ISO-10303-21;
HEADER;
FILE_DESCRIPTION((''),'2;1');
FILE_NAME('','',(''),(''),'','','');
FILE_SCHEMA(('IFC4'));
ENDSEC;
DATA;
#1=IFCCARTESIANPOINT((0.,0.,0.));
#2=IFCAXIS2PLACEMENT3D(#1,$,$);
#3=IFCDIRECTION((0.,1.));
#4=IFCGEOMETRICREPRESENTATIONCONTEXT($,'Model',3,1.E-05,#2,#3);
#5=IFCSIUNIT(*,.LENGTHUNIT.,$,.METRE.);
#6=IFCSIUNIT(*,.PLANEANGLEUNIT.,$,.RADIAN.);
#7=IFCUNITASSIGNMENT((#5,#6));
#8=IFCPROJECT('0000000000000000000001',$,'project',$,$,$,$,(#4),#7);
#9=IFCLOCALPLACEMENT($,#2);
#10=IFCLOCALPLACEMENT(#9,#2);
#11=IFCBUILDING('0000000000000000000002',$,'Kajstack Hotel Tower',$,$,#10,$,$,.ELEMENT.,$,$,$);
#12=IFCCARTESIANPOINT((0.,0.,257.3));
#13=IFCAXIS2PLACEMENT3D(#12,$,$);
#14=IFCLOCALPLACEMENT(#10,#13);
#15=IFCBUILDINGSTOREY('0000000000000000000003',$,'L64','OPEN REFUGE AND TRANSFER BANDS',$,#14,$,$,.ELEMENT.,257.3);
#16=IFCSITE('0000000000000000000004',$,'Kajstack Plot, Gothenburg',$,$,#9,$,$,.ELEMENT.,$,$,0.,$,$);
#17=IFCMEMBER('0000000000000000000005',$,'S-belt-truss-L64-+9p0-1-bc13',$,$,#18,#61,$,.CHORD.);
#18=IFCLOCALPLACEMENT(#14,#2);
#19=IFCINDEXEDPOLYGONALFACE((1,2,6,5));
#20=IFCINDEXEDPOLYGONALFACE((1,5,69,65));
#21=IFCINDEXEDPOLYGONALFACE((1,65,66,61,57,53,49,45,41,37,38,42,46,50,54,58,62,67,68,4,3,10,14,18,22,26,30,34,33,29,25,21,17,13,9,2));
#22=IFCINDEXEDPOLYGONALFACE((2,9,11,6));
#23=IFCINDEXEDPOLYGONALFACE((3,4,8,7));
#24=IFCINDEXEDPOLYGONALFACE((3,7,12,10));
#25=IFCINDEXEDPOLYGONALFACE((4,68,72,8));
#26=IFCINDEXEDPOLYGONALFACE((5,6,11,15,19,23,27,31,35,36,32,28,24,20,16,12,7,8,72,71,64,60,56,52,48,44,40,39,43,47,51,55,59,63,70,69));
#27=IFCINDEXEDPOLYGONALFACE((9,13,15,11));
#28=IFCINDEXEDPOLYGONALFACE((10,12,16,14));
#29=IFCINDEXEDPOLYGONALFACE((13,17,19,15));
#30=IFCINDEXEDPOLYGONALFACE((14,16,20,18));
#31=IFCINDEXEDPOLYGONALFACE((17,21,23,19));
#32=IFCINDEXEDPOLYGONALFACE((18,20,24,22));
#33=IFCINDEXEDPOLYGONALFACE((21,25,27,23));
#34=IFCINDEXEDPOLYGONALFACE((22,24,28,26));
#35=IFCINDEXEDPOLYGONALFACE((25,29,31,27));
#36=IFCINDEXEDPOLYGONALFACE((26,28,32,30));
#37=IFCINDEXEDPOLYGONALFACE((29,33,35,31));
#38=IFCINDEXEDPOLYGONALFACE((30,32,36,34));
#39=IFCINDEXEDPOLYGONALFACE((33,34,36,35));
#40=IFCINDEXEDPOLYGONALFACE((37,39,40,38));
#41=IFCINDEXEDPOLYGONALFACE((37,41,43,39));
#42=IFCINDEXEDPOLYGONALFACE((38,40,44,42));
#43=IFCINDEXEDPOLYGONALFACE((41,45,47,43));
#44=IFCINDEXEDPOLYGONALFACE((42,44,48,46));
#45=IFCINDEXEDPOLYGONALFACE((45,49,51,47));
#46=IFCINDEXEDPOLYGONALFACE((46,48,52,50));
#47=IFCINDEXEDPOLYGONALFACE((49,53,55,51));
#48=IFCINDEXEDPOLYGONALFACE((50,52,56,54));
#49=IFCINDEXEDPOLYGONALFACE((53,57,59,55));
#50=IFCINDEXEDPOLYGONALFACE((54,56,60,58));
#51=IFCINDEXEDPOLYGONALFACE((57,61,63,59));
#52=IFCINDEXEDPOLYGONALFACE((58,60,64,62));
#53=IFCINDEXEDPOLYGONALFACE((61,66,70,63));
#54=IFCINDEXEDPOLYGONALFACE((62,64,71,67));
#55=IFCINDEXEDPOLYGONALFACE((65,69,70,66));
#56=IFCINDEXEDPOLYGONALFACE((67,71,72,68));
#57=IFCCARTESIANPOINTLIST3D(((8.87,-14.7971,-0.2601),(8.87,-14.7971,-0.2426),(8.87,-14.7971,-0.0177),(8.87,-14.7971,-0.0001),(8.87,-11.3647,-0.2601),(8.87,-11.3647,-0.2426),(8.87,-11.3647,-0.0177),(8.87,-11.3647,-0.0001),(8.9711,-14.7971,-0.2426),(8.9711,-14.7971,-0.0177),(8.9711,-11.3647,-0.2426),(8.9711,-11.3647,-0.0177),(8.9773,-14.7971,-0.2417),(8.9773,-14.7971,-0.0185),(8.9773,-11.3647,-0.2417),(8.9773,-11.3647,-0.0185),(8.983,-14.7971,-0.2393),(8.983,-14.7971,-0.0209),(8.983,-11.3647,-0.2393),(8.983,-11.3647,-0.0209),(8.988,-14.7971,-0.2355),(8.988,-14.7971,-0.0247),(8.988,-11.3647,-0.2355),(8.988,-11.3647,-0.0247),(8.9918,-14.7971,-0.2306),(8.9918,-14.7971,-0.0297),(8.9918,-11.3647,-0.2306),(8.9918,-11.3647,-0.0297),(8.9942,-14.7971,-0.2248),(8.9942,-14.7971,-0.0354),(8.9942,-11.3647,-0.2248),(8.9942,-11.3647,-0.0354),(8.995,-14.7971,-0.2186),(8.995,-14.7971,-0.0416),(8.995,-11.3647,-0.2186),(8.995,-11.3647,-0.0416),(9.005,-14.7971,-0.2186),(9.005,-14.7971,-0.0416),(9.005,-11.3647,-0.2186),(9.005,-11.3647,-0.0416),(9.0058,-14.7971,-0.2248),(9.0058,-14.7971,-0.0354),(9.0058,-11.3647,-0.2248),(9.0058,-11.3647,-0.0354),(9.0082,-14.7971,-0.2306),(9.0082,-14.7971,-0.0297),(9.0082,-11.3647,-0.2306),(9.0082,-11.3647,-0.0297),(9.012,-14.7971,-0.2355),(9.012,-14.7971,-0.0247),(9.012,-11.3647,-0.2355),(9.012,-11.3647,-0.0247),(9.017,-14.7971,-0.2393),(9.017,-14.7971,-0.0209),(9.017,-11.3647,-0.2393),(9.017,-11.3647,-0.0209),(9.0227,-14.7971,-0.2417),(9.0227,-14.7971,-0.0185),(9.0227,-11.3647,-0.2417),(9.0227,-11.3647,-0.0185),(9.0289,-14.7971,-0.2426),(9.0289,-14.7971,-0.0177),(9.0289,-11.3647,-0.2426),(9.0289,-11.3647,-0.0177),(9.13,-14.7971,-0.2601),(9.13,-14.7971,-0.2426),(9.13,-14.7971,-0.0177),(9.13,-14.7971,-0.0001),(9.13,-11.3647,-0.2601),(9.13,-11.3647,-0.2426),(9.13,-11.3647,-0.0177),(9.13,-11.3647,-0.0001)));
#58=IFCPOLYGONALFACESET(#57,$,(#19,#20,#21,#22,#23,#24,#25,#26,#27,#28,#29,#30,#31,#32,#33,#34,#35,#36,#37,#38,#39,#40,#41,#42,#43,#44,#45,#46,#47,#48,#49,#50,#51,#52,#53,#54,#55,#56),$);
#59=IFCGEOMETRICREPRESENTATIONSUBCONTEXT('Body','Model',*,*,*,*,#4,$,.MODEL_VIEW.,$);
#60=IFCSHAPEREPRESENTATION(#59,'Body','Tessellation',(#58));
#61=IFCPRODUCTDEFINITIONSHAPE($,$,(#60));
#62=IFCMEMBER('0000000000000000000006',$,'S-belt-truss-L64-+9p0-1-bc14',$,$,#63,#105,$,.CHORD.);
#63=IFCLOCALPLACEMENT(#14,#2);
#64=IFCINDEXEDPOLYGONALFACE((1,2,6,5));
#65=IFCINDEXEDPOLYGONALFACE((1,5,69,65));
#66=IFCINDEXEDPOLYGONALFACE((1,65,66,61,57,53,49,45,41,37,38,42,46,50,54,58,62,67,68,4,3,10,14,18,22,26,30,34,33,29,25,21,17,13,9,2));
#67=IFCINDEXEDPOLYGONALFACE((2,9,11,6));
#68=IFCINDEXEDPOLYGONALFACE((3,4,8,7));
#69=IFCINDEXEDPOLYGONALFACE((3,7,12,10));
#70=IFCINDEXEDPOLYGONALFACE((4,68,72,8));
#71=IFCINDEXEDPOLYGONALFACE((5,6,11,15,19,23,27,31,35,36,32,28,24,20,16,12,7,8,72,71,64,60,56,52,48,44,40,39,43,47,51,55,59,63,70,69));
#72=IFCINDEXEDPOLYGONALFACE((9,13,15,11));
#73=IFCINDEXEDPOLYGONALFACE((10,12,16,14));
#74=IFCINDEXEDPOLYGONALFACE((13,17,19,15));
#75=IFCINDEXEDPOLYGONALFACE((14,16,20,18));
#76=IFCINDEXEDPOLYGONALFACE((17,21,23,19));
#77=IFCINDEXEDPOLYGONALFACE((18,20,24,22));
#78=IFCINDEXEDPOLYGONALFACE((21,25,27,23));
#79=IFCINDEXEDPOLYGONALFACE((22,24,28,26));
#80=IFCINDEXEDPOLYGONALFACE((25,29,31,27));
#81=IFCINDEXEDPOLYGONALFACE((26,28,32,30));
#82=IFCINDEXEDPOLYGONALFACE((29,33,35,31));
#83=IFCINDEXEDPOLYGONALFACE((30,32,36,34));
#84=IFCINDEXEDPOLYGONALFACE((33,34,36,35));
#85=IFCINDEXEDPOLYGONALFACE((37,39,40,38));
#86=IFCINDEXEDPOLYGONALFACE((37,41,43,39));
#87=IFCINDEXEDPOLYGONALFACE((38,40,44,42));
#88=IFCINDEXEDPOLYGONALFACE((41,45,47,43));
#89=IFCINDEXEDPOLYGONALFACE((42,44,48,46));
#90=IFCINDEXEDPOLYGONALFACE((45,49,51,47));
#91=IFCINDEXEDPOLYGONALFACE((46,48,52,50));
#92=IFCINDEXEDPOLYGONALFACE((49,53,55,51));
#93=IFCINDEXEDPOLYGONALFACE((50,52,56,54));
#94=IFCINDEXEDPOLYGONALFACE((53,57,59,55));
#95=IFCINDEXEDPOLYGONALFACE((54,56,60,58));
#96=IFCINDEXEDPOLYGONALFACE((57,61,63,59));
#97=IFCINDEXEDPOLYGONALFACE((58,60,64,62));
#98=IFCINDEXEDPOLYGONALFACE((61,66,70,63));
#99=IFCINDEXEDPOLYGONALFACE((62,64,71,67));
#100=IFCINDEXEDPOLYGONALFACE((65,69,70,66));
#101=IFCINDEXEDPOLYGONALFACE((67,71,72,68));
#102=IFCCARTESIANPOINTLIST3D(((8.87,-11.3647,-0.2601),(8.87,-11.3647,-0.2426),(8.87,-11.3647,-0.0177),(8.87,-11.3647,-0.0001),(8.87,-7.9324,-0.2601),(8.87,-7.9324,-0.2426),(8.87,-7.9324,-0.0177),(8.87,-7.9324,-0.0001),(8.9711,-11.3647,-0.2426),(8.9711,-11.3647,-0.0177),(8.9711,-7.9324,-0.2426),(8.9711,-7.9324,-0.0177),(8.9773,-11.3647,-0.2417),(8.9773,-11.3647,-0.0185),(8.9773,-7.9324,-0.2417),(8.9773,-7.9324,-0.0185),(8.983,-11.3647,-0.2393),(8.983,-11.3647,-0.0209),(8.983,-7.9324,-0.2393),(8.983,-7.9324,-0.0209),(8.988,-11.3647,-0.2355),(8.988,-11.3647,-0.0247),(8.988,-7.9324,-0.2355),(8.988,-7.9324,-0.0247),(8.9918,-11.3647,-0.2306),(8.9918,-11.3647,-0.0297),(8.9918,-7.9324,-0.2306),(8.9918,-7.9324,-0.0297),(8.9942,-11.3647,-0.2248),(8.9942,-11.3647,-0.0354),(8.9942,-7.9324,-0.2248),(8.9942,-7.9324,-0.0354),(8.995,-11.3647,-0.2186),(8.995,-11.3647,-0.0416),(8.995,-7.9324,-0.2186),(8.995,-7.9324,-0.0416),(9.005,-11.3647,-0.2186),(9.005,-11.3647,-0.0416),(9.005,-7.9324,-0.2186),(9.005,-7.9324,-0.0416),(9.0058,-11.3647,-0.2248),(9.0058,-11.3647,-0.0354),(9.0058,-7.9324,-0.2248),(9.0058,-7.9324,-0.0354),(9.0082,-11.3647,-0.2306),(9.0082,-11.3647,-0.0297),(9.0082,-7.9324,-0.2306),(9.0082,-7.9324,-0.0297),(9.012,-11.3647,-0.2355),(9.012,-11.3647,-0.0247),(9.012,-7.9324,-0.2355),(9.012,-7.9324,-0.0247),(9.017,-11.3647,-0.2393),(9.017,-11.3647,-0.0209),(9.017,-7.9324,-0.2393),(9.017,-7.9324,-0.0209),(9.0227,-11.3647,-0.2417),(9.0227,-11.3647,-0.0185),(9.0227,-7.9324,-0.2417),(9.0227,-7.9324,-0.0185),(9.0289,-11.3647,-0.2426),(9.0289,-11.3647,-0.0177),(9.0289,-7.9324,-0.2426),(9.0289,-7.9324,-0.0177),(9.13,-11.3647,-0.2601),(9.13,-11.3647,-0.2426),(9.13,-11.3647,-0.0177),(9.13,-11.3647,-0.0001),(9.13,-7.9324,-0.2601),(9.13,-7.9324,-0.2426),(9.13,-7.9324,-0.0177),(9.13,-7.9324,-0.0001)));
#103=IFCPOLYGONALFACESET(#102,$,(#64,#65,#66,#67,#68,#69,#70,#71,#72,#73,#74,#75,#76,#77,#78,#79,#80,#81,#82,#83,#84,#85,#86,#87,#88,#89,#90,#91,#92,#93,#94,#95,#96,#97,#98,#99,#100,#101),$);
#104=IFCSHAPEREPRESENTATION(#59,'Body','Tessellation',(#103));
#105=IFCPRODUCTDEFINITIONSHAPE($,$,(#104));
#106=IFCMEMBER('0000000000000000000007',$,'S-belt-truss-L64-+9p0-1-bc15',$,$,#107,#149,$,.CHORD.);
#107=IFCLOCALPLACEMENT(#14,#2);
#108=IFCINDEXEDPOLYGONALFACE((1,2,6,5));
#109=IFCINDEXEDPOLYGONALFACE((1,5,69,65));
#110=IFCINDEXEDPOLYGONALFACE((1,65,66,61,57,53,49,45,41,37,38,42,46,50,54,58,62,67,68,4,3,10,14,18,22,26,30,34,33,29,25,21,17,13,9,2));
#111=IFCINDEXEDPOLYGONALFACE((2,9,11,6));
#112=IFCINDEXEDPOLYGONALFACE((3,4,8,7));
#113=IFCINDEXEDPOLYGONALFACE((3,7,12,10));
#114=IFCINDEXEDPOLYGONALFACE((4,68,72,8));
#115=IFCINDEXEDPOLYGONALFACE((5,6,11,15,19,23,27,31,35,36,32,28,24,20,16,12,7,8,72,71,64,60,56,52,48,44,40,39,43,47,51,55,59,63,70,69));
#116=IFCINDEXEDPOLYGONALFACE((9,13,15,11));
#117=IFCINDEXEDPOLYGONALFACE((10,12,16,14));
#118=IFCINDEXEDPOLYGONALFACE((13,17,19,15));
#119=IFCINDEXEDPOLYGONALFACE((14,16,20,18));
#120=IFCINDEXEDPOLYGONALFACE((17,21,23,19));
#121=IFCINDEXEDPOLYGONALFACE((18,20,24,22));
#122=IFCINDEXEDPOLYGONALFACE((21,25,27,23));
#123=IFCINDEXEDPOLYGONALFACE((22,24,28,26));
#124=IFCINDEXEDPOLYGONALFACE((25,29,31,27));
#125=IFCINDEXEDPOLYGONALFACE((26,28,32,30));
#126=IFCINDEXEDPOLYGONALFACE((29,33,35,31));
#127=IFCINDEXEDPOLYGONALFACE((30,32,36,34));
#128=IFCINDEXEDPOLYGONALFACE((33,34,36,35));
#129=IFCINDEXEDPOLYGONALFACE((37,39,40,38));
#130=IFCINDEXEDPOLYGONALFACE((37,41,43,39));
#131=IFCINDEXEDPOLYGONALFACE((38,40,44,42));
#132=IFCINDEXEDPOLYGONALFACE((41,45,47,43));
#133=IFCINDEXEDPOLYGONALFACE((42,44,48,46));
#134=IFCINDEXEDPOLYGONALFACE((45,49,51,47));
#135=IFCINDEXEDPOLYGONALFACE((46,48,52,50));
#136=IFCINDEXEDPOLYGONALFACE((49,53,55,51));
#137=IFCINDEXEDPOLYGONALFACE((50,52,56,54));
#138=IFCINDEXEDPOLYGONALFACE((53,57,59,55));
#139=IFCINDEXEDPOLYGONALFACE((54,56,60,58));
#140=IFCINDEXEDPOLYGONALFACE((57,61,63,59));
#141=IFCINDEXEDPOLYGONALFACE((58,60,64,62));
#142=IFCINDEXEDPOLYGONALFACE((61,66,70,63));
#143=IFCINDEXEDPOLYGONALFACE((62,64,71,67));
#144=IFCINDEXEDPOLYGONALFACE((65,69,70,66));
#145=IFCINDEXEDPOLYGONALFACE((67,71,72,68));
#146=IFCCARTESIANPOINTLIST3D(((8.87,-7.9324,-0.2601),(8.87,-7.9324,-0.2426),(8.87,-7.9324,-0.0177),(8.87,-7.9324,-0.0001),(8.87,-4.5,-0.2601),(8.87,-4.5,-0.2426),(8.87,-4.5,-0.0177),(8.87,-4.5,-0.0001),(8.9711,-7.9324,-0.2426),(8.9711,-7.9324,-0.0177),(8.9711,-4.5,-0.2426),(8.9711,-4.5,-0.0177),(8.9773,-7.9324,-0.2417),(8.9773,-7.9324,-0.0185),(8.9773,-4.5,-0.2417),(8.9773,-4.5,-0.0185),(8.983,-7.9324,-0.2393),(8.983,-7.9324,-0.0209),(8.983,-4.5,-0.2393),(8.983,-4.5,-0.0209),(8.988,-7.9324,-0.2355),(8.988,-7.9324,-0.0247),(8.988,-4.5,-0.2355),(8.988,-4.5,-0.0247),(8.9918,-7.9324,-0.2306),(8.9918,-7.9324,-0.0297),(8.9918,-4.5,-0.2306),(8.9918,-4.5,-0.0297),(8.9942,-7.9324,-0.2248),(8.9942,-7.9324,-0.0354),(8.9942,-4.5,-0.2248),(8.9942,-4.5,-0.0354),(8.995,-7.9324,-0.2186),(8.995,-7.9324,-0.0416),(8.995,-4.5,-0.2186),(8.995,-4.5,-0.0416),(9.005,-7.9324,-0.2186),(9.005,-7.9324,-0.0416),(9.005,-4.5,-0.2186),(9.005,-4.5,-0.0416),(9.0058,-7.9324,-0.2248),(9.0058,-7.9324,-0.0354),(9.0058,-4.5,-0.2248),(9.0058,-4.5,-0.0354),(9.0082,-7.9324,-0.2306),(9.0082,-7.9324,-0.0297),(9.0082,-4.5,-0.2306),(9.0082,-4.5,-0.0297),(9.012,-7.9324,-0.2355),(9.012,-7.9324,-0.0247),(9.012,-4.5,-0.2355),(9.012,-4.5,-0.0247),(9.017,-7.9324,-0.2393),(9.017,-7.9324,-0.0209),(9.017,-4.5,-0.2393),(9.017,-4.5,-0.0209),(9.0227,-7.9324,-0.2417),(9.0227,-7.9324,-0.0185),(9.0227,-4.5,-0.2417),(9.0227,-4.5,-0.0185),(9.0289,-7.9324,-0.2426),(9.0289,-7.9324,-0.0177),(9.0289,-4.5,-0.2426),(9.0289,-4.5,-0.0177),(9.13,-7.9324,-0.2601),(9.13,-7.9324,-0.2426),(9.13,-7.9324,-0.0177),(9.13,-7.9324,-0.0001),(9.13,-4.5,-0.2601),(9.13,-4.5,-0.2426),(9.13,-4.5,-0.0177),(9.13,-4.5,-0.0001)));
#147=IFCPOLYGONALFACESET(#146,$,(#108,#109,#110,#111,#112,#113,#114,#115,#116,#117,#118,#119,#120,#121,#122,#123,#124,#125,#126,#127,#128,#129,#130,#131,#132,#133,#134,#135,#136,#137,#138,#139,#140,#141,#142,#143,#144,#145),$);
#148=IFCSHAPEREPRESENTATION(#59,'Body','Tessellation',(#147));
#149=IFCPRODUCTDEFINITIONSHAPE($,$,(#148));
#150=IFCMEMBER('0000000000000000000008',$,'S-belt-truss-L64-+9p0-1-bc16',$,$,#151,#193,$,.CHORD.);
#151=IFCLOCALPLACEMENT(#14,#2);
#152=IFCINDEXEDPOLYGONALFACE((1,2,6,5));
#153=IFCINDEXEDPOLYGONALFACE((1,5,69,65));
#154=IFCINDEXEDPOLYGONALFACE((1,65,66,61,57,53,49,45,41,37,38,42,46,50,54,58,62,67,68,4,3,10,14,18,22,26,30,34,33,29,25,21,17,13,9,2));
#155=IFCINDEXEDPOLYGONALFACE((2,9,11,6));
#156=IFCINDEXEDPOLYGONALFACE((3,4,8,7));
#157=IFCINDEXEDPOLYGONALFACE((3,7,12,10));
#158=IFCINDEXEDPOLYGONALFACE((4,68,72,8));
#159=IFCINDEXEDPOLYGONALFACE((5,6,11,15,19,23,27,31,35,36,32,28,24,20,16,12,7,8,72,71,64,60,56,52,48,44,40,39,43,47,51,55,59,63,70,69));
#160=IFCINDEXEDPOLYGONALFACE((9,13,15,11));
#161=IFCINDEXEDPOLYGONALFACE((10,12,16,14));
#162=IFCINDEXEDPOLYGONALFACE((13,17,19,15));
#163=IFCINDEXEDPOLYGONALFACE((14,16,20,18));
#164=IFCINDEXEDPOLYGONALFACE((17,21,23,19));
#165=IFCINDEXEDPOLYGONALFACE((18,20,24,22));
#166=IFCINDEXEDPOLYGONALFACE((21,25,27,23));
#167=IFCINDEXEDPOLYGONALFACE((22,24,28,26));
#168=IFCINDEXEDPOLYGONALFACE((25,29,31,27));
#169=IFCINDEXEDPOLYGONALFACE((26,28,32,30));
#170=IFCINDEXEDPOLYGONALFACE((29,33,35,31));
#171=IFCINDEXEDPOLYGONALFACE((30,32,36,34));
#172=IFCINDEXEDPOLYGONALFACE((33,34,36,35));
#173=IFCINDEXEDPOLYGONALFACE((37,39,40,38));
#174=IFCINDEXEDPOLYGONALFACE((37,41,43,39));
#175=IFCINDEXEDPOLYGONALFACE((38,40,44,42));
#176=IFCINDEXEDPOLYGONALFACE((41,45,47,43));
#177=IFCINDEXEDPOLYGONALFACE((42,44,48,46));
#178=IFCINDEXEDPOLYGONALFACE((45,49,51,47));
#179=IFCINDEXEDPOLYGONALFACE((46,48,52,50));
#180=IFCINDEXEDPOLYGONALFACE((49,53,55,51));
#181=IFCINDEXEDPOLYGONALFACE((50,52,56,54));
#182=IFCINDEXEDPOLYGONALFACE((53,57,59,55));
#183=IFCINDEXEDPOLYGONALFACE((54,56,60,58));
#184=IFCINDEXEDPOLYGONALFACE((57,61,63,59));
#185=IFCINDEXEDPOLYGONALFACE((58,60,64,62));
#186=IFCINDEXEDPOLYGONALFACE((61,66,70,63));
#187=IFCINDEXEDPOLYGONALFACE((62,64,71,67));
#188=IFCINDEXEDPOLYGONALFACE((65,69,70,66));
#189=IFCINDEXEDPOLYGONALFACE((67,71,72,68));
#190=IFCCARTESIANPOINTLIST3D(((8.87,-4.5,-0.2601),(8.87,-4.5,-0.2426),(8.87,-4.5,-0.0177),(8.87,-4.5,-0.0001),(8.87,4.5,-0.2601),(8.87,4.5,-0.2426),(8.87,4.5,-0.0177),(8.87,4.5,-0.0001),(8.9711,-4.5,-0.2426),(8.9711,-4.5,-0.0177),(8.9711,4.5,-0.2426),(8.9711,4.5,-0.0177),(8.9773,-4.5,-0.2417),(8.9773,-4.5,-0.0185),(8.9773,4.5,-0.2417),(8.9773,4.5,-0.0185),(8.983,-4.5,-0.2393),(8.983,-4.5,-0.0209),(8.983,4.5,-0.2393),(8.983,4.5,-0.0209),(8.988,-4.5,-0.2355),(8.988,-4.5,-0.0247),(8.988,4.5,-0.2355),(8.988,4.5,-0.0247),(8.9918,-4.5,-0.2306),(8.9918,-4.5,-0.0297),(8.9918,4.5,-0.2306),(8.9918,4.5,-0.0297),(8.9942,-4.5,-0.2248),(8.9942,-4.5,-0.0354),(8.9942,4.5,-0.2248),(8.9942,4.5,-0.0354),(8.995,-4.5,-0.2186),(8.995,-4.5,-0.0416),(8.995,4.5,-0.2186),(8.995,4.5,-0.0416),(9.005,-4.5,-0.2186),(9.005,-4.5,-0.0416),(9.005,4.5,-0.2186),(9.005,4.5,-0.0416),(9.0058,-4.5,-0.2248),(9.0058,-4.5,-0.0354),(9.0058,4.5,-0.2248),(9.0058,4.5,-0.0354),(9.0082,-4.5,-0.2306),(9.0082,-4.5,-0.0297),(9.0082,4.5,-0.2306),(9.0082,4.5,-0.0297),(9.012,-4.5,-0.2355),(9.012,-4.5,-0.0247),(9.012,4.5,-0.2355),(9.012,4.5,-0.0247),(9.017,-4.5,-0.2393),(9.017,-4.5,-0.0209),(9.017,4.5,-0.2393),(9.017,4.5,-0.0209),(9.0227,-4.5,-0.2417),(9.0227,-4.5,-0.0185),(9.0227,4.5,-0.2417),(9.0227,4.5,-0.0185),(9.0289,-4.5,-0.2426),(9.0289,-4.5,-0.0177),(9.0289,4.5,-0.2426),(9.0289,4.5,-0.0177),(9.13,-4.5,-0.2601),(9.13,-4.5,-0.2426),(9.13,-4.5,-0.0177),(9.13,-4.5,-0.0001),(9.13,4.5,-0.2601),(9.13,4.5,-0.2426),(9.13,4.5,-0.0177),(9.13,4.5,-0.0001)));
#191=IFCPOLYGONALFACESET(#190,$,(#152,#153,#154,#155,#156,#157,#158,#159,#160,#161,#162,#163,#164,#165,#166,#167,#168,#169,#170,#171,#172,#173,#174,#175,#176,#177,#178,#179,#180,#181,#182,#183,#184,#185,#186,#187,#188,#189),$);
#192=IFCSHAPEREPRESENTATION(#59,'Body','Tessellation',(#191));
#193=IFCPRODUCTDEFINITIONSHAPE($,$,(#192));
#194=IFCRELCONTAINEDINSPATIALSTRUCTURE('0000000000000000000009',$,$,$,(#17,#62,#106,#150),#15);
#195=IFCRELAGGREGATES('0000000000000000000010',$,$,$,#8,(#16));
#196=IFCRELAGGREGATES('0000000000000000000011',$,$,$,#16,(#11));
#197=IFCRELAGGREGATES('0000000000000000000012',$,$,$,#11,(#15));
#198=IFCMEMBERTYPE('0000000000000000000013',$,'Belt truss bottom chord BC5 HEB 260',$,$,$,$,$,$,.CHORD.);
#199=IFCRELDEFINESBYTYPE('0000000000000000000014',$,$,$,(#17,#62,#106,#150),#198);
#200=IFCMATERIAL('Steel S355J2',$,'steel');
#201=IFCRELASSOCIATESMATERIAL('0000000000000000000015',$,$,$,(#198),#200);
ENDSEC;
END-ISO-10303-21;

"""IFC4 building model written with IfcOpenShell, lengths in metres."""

from ifc_helpers import new_model, si_unit, direction, frame, origin, origin_2d, place, context, subcontext, project, spatial, i_section, extrude, material, material_profile, profile_set, type_object, element, save


model = new_model("IFC4")

# Units and contexts
model_context = context("Model", 3, precision=1e-05, world=origin(), true_north=direction((0.0, 1.0)))
body_context = subcontext(model_context, "Body", "Model", "MODEL_VIEW")
ifc_project = project(units=[si_unit("LENGTHUNIT", "METRE"), si_unit("PLANEANGLEUNIT", "RADIAN")], contexts=[model_context])

# Site, building, storey
site_placement = place(None, origin())
site = spatial("IfcSite", under=ifc_project, at=site_placement, Name="Kajstack Plot, Gothenburg", CompositionType="ELEMENT", RefElevation=0.0)
building_placement = place(site_placement, origin())
building = spatial("IfcBuilding", under=site, at=building_placement, Name="Kajstack Hotel Tower", CompositionType="ELEMENT")
storey_placement = place(building_placement, frame((0.0, 0.0, 257.3)))
storey = spatial("IfcBuildingStorey", under=building, at=storey_placement, Name="L64", Description="OPEN REFUGE AND TRANSFER BANDS", CompositionType="ELEMENT", Elevation=257.3)

# Members
ifc_material = material(Name="Steel S355J2", Category="steel")
ifc_material_profile_1 = material_profile(ifc_material, i_section(OverallWidth=0.26, OverallDepth=0.26, WebThickness=0.01, FlangeThickness=0.0176, FilletRadius=0.0239, at=origin_2d()), Name="HEB 260")
ifc_profile_set_1 = profile_set([ifc_material_profile_1], Name="Steel S355J2")
member_type_1 = type_object("IfcMemberType", Name="Belt truss bottom chord BC5 HEB 260", PredefinedType="CHORD", material=ifc_profile_set_1)
for number, where, z_axis, x_axis, name in (
    (1, (9.0, -14.7971, -0.1301), (0.0, 1.0, 0.0), (-1.0, 0.0, 0.0), "S-belt-truss-L64-+9p0-1-bc13"),
    (2, (9.0, -11.3647, -0.1301), (0.0, 1.0, 0.0), (-1.0, 0.0, 0.0), "S-belt-truss-L64-+9p0-1-bc14"),
    (3, (9.0, -7.9324, -0.1301), (0.0, 1.0, 0.0), (-1.0, 0.0, 0.0), "S-belt-truss-L64-+9p0-1-bc15"),
):
    element("IfcMember", number, at=place(storey_placement, frame(where, z_axis=z_axis, x_axis=x_axis)), inside=storey, type_object=member_type_1, Name=name, PredefinedType="CHORD", context=body_context, shape_type="SweptSolid", body=[
        extrude(i_section(OverallWidth=0.26, OverallDepth=0.26, WebThickness=0.01, FlangeThickness=0.0176, FilletRadius=0.0239, at=origin_2d()), origin(), (0.0, 0.0, 1.0), 3.4324),
    ])
member_1_placement = place(storey_placement, frame((9.0, -4.5, -0.1301), z_axis=(0.0, 1.0, 0.0), x_axis=(-1.0, 0.0, 0.0)))
element("IfcMember", 4, at=member_1_placement, inside=storey, type_object=member_type_1, Name="S-belt-truss-L64-+9p0-1-bc16", PredefinedType="CHORD", context=body_context, shape_type="SweptSolid", body=[
    extrude(i_section(OverallWidth=0.26, OverallDepth=0.26, WebThickness=0.01, FlangeThickness=0.0176, FilletRadius=0.0239, at=origin_2d()), origin(), (0.0, 0.0, 1.0), 9.0),
])

save(model, "model.ifc")
